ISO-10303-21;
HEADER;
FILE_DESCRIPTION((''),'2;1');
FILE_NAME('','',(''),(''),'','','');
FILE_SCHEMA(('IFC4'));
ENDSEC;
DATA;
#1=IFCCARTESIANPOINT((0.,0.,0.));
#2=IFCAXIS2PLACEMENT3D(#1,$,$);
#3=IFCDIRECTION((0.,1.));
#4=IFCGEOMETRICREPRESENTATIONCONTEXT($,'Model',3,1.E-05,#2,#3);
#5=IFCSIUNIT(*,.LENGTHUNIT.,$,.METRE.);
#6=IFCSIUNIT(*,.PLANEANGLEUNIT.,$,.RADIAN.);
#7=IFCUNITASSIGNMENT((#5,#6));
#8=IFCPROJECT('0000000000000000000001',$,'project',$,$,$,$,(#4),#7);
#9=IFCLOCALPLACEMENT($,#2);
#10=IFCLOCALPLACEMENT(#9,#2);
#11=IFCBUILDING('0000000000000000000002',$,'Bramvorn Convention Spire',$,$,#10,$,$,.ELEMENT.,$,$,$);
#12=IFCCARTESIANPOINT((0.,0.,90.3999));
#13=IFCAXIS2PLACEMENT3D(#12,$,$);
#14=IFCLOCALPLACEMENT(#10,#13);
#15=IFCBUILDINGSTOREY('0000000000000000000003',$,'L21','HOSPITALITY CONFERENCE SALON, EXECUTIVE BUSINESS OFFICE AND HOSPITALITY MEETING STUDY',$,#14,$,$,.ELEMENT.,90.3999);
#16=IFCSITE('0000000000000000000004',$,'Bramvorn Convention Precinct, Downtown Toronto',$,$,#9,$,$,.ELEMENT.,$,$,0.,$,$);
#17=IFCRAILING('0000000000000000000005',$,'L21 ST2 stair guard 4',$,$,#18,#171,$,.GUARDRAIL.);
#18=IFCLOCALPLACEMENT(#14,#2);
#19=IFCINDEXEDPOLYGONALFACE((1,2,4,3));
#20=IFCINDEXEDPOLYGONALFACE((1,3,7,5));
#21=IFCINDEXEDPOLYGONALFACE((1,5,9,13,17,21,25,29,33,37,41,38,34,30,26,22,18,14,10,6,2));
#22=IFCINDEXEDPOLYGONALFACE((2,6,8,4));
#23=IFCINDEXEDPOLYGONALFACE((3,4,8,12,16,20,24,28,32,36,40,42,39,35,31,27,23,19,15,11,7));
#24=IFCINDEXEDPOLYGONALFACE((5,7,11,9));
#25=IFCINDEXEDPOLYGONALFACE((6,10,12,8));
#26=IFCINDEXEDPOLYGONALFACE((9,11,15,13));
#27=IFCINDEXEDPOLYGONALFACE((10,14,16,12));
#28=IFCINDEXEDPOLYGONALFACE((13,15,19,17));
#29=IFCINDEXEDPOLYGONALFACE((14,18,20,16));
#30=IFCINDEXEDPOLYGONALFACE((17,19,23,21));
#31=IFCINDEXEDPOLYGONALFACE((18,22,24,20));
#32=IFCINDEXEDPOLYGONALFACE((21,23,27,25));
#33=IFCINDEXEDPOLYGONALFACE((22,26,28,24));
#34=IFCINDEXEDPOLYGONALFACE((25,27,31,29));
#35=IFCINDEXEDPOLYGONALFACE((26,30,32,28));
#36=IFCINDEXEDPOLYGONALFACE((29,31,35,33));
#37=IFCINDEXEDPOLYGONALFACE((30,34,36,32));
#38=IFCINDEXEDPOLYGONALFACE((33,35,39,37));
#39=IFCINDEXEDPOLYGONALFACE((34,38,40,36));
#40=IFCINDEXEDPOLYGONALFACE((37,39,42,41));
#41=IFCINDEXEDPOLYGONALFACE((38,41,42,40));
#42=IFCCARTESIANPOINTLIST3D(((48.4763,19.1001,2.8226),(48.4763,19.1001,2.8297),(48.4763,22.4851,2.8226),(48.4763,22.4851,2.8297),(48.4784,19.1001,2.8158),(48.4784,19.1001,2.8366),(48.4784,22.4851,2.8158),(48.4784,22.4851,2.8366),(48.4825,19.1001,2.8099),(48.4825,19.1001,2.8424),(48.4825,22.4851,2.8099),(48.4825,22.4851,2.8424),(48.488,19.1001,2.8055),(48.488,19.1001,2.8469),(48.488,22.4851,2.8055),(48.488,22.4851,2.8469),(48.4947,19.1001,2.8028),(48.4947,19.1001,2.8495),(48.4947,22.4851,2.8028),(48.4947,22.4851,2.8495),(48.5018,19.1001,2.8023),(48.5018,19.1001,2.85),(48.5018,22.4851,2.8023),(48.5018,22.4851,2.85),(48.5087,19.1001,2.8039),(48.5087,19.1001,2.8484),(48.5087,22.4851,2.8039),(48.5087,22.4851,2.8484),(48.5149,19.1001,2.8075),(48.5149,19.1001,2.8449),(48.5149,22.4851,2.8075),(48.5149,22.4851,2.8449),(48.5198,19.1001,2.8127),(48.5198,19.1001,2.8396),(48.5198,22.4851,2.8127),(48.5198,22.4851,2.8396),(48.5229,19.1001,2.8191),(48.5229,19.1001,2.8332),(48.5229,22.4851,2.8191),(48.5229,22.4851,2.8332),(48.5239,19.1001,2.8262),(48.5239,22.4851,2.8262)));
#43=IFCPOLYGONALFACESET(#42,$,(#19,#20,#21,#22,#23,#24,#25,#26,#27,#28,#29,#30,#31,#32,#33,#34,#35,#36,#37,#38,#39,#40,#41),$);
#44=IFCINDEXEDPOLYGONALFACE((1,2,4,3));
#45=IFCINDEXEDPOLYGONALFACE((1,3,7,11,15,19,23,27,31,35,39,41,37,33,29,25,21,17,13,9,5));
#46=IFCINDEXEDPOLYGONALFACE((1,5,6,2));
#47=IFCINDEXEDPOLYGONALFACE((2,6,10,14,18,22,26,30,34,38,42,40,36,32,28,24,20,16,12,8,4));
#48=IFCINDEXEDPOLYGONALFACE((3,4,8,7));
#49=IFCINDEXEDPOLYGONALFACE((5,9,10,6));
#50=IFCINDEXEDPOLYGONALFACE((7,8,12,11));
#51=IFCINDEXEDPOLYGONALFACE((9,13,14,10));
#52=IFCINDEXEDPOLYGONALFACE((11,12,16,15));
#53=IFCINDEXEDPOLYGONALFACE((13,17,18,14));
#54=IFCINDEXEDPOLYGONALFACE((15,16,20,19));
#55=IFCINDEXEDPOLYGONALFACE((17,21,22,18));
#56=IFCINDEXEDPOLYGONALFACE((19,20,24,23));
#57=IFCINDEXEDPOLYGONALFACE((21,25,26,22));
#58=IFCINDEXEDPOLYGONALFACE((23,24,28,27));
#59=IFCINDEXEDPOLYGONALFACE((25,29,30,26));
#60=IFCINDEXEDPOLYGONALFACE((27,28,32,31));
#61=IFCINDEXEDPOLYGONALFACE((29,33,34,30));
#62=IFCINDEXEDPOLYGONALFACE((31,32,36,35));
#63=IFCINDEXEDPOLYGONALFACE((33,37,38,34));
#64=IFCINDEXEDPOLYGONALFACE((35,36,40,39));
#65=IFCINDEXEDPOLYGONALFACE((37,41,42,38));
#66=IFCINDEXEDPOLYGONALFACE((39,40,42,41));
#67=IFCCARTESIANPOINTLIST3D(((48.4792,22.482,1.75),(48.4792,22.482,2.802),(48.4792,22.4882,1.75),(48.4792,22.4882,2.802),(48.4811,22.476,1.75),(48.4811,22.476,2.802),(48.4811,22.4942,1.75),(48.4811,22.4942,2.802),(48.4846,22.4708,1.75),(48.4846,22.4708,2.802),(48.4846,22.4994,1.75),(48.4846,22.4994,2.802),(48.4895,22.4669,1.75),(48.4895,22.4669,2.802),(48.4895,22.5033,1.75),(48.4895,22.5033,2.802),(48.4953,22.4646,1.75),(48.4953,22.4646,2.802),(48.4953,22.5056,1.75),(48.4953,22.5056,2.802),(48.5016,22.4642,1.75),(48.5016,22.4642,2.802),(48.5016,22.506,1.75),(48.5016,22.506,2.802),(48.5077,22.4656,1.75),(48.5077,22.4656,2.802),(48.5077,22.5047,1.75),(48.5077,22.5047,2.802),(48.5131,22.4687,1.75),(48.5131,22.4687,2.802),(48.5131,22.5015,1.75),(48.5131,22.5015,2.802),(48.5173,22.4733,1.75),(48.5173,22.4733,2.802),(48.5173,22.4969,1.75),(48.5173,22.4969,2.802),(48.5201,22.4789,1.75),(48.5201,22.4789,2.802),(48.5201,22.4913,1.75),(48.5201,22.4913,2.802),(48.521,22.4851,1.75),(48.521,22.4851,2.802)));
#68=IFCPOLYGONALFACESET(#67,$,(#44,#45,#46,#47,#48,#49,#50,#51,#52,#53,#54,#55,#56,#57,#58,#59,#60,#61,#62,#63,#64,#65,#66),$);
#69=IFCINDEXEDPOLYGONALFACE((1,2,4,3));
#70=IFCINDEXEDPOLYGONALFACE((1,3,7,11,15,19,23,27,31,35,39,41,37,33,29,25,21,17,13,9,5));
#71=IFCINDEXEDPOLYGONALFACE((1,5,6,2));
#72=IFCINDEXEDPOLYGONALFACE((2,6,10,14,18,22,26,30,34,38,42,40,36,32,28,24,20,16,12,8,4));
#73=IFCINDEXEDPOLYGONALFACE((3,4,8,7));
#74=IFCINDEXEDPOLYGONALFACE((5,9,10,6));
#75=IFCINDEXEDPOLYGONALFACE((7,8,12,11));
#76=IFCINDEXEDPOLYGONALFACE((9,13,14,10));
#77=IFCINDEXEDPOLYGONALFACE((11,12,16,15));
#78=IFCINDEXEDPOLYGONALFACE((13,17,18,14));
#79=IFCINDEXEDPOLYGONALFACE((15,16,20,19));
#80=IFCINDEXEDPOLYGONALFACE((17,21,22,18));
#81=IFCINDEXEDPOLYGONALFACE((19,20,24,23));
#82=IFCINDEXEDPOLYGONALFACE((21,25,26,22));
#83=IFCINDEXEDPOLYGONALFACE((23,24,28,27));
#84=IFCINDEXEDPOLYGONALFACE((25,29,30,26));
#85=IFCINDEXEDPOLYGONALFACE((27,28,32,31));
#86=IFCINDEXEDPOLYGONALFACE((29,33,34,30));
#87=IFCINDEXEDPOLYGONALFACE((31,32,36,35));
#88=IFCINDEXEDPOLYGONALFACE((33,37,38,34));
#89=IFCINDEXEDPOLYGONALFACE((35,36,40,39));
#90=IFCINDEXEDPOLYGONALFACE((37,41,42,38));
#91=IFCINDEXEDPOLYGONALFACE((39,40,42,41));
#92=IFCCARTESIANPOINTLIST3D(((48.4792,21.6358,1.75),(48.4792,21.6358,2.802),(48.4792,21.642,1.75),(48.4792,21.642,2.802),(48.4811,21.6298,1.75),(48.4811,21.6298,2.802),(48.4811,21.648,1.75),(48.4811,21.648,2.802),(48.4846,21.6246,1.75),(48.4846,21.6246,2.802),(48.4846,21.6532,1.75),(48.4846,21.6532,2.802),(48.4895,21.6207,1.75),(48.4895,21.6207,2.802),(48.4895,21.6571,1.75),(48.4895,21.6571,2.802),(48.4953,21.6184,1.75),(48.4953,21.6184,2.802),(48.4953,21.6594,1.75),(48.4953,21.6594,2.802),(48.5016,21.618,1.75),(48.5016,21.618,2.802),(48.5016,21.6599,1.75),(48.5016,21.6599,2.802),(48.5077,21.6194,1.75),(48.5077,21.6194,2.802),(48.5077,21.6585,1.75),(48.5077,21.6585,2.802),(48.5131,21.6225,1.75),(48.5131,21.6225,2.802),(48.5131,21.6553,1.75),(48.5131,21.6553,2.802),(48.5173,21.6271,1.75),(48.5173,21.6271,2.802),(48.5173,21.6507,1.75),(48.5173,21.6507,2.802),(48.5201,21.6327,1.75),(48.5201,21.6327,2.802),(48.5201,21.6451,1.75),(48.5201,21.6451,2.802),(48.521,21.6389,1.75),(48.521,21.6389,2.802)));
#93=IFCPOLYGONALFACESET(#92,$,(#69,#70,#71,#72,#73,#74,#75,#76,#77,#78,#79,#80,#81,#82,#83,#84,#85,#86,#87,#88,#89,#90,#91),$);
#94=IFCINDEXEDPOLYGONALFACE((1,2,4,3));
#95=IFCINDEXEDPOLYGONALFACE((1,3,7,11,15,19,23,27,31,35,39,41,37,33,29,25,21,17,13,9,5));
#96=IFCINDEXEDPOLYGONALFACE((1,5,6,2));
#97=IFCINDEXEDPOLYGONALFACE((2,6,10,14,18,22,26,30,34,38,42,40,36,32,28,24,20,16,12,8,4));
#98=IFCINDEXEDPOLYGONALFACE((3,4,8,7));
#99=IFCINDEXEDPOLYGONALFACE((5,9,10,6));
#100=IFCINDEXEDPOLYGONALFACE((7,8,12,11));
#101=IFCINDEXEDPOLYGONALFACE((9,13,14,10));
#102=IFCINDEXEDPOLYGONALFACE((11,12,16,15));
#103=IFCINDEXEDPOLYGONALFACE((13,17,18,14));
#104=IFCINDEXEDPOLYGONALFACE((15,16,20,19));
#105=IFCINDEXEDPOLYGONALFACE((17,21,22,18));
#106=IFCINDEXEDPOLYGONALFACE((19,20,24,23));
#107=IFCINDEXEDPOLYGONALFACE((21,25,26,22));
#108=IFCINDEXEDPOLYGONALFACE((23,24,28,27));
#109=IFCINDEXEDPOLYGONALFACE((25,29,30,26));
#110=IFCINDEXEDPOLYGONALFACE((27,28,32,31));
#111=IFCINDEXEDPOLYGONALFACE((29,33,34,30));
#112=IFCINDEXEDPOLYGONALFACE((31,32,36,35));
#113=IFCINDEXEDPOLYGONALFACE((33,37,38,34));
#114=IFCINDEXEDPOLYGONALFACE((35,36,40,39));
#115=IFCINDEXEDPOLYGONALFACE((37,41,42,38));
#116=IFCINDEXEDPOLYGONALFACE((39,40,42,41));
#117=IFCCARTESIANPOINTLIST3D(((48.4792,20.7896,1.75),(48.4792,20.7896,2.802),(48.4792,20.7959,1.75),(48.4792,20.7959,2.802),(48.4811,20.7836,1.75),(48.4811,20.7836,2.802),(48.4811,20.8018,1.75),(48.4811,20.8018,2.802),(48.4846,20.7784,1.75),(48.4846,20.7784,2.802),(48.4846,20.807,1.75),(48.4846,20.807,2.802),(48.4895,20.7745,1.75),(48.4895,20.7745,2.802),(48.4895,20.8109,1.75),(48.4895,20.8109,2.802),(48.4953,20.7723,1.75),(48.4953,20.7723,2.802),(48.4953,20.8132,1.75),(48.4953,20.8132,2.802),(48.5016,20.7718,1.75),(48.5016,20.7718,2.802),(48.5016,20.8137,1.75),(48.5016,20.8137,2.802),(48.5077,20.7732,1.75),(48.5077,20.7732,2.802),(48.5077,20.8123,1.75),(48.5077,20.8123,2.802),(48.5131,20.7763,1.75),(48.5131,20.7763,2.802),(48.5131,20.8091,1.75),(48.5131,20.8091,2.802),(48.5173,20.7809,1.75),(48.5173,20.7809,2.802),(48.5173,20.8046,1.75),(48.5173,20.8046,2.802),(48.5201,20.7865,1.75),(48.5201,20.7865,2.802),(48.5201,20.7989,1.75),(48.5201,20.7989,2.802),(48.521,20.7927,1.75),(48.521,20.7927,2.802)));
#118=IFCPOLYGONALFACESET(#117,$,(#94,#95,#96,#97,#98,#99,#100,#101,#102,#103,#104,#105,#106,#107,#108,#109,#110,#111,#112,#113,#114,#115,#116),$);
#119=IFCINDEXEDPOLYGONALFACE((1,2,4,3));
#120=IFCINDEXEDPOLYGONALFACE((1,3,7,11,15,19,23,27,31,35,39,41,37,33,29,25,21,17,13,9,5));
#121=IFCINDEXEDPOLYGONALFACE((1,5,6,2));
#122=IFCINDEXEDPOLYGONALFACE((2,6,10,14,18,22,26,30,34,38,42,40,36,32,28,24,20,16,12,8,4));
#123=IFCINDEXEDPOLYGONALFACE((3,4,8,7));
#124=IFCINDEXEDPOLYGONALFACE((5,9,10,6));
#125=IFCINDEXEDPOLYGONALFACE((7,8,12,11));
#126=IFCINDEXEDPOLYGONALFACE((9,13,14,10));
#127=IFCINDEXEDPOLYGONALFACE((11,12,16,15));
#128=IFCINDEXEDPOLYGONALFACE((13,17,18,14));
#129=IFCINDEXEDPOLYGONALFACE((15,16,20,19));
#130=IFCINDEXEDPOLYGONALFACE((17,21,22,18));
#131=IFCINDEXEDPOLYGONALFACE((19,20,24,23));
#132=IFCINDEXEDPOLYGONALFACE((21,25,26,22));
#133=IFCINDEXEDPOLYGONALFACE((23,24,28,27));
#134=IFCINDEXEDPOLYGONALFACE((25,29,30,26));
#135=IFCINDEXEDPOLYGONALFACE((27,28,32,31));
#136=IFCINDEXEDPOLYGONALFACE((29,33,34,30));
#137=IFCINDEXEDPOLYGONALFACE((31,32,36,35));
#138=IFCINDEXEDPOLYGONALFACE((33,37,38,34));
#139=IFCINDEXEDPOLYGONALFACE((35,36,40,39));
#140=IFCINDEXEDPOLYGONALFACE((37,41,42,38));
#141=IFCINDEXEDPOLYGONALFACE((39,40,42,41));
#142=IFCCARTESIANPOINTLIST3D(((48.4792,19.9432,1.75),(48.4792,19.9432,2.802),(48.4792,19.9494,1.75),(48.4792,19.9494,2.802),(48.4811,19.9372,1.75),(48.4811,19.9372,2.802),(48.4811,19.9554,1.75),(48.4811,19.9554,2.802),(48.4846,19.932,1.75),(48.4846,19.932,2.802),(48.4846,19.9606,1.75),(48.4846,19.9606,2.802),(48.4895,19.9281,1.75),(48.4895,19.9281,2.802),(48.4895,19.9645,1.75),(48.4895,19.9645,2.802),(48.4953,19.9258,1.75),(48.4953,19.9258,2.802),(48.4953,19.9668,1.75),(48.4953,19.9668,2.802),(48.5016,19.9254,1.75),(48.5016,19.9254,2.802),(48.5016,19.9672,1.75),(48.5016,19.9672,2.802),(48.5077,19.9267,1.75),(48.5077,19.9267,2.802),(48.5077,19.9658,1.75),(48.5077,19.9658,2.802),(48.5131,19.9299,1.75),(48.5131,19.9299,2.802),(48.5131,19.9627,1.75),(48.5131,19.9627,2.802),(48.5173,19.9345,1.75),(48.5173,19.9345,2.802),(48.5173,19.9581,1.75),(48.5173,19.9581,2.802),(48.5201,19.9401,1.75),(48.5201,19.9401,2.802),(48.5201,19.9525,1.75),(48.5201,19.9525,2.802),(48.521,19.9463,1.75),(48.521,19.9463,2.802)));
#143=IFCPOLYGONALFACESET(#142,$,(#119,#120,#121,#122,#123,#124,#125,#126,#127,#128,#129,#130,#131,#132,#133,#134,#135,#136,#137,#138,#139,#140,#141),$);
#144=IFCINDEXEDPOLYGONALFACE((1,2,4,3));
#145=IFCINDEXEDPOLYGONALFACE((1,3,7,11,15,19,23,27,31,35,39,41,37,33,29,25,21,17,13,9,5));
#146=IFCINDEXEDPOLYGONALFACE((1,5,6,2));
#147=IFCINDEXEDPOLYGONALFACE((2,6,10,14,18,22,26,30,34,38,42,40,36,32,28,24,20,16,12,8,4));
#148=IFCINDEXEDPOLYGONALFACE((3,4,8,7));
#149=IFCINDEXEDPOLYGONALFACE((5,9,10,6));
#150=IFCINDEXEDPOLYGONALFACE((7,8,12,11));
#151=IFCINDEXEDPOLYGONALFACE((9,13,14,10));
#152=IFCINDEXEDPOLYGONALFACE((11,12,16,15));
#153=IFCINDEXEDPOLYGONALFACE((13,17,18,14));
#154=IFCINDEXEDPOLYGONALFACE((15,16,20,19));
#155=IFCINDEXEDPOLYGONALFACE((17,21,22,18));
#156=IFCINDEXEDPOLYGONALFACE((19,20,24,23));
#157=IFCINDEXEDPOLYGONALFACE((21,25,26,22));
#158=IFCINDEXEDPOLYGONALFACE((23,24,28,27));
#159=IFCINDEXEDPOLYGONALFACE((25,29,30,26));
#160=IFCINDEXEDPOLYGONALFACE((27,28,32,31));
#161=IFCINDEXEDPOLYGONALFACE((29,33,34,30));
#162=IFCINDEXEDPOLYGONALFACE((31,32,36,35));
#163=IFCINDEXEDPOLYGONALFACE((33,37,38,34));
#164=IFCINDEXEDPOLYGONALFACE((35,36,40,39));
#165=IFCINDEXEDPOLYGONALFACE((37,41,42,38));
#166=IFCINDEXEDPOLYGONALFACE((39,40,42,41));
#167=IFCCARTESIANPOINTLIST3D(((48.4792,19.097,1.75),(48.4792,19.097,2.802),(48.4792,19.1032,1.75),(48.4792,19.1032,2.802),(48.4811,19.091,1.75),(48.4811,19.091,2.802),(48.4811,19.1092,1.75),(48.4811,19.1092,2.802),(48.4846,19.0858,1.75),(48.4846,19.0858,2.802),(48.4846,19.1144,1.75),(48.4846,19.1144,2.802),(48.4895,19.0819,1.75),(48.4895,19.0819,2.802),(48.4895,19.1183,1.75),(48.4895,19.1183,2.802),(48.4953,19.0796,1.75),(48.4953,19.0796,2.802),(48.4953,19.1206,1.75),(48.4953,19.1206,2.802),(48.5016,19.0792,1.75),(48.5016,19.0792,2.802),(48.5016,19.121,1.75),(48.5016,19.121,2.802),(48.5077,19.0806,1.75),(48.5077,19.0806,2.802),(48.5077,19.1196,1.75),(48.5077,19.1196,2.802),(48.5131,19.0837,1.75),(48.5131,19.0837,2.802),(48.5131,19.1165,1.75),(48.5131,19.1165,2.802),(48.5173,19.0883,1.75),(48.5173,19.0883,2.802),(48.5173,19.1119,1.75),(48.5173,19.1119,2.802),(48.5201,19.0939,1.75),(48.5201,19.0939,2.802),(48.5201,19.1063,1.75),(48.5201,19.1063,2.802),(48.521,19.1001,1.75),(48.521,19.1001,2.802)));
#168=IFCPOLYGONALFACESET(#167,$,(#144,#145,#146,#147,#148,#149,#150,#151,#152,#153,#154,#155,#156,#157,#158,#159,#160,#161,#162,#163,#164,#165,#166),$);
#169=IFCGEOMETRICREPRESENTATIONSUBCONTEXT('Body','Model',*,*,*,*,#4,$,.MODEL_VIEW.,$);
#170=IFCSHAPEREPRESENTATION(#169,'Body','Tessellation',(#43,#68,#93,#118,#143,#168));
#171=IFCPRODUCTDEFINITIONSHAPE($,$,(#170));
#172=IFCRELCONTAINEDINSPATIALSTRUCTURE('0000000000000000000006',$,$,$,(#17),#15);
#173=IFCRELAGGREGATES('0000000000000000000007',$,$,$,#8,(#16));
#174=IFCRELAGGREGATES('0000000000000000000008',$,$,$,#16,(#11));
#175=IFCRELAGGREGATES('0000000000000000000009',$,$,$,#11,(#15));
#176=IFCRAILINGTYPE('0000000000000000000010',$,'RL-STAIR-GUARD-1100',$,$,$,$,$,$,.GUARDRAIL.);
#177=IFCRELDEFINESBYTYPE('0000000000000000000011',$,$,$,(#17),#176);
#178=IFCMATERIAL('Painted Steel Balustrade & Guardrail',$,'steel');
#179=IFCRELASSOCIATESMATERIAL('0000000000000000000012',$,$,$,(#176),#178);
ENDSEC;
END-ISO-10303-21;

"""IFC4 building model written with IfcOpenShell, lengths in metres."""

from ifc_helpers import new_model, si_unit, direction, frame, origin, origin_2d, place, context, subcontext, project, spatial, circle, extrude, material, type_object, element, save


model = new_model("IFC4")

# Units and contexts
model_context = context("Model", 3, precision=1e-05, world=origin(), true_north=direction((0.0, 1.0)))
body_context = subcontext(model_context, "Body", "Model", "MODEL_VIEW")
ifc_project = project(units=[si_unit("LENGTHUNIT", "METRE"), si_unit("PLANEANGLEUNIT", "RADIAN")], contexts=[model_context])

# Site, building, storey
site_placement = place(None, origin())
site = spatial("IfcSite", under=ifc_project, at=site_placement, Name="Bramvorn Convention Precinct, Downtown Toronto", CompositionType="ELEMENT", RefElevation=0.0)
building_placement = place(site_placement, origin())
building = spatial("IfcBuilding", under=site, at=building_placement, Name="Bramvorn Convention Spire", CompositionType="ELEMENT")
storey_placement = place(building_placement, frame((0.0, 0.0, 90.3999)))
storey = spatial("IfcBuildingStorey", under=building, at=storey_placement, Name="L21", Description="HOSPITALITY CONFERENCE SALON, EXECUTIVE BUSINESS OFFICE AND HOSPITALITY MEETING STUDY", CompositionType="ELEMENT", Elevation=90.3999)

# Railing
ifc_material_1 = material(Name="Painted Steel Balustrade & Guardrail", Category="steel")
railing_type_1 = type_object("IfcRailingType", Name="RL-STAIR-GUARD-1100", PredefinedType="GUARDRAIL", material=ifc_material_1)
railing_1_placement = place(storey_placement, frame((48.5, 22.4851, 1.75)))
element("IfcRailing", 1, at=railing_1_placement, inside=storey, type_object=railing_type_1, Name="L21 ST2 stair guard 4", PredefinedType="GUARDRAIL", context=body_context, shape_type="SweptSolid", body=[
    extrude(circle(Radius=0.0239, at=origin_2d()), frame((0.0, 0.0, 1.0762), z_axis=(0.0, -1.0, 0.0), x_axis=(1.0, 0.0, 0.0)), (0.0, 0.0, 1.0), 3.385),
    extrude(circle(Radius=0.021, at=origin_2d()), origin(), (0.0, 0.0, 1.0), 1.052),
    extrude(circle(Radius=0.021, at=origin_2d()), frame((0.0, -0.8462, 0.0)), (0.0, 0.0, 1.0), 1.052),
    extrude(circle(Radius=0.021, at=origin_2d()), frame((0.0, -1.6924, 0.0)), (0.0, 0.0, 1.0), 1.052),
    extrude(circle(Radius=0.021, at=origin_2d()), frame((0.0, -2.5388, 0.0)), (0.0, 0.0, 1.0), 1.052),
    extrude(circle(Radius=0.021, at=origin_2d()), frame((0.0, -3.385, 0.0)), (0.0, 0.0, 1.0), 1.052),
])

save(model, "model.ifc")
